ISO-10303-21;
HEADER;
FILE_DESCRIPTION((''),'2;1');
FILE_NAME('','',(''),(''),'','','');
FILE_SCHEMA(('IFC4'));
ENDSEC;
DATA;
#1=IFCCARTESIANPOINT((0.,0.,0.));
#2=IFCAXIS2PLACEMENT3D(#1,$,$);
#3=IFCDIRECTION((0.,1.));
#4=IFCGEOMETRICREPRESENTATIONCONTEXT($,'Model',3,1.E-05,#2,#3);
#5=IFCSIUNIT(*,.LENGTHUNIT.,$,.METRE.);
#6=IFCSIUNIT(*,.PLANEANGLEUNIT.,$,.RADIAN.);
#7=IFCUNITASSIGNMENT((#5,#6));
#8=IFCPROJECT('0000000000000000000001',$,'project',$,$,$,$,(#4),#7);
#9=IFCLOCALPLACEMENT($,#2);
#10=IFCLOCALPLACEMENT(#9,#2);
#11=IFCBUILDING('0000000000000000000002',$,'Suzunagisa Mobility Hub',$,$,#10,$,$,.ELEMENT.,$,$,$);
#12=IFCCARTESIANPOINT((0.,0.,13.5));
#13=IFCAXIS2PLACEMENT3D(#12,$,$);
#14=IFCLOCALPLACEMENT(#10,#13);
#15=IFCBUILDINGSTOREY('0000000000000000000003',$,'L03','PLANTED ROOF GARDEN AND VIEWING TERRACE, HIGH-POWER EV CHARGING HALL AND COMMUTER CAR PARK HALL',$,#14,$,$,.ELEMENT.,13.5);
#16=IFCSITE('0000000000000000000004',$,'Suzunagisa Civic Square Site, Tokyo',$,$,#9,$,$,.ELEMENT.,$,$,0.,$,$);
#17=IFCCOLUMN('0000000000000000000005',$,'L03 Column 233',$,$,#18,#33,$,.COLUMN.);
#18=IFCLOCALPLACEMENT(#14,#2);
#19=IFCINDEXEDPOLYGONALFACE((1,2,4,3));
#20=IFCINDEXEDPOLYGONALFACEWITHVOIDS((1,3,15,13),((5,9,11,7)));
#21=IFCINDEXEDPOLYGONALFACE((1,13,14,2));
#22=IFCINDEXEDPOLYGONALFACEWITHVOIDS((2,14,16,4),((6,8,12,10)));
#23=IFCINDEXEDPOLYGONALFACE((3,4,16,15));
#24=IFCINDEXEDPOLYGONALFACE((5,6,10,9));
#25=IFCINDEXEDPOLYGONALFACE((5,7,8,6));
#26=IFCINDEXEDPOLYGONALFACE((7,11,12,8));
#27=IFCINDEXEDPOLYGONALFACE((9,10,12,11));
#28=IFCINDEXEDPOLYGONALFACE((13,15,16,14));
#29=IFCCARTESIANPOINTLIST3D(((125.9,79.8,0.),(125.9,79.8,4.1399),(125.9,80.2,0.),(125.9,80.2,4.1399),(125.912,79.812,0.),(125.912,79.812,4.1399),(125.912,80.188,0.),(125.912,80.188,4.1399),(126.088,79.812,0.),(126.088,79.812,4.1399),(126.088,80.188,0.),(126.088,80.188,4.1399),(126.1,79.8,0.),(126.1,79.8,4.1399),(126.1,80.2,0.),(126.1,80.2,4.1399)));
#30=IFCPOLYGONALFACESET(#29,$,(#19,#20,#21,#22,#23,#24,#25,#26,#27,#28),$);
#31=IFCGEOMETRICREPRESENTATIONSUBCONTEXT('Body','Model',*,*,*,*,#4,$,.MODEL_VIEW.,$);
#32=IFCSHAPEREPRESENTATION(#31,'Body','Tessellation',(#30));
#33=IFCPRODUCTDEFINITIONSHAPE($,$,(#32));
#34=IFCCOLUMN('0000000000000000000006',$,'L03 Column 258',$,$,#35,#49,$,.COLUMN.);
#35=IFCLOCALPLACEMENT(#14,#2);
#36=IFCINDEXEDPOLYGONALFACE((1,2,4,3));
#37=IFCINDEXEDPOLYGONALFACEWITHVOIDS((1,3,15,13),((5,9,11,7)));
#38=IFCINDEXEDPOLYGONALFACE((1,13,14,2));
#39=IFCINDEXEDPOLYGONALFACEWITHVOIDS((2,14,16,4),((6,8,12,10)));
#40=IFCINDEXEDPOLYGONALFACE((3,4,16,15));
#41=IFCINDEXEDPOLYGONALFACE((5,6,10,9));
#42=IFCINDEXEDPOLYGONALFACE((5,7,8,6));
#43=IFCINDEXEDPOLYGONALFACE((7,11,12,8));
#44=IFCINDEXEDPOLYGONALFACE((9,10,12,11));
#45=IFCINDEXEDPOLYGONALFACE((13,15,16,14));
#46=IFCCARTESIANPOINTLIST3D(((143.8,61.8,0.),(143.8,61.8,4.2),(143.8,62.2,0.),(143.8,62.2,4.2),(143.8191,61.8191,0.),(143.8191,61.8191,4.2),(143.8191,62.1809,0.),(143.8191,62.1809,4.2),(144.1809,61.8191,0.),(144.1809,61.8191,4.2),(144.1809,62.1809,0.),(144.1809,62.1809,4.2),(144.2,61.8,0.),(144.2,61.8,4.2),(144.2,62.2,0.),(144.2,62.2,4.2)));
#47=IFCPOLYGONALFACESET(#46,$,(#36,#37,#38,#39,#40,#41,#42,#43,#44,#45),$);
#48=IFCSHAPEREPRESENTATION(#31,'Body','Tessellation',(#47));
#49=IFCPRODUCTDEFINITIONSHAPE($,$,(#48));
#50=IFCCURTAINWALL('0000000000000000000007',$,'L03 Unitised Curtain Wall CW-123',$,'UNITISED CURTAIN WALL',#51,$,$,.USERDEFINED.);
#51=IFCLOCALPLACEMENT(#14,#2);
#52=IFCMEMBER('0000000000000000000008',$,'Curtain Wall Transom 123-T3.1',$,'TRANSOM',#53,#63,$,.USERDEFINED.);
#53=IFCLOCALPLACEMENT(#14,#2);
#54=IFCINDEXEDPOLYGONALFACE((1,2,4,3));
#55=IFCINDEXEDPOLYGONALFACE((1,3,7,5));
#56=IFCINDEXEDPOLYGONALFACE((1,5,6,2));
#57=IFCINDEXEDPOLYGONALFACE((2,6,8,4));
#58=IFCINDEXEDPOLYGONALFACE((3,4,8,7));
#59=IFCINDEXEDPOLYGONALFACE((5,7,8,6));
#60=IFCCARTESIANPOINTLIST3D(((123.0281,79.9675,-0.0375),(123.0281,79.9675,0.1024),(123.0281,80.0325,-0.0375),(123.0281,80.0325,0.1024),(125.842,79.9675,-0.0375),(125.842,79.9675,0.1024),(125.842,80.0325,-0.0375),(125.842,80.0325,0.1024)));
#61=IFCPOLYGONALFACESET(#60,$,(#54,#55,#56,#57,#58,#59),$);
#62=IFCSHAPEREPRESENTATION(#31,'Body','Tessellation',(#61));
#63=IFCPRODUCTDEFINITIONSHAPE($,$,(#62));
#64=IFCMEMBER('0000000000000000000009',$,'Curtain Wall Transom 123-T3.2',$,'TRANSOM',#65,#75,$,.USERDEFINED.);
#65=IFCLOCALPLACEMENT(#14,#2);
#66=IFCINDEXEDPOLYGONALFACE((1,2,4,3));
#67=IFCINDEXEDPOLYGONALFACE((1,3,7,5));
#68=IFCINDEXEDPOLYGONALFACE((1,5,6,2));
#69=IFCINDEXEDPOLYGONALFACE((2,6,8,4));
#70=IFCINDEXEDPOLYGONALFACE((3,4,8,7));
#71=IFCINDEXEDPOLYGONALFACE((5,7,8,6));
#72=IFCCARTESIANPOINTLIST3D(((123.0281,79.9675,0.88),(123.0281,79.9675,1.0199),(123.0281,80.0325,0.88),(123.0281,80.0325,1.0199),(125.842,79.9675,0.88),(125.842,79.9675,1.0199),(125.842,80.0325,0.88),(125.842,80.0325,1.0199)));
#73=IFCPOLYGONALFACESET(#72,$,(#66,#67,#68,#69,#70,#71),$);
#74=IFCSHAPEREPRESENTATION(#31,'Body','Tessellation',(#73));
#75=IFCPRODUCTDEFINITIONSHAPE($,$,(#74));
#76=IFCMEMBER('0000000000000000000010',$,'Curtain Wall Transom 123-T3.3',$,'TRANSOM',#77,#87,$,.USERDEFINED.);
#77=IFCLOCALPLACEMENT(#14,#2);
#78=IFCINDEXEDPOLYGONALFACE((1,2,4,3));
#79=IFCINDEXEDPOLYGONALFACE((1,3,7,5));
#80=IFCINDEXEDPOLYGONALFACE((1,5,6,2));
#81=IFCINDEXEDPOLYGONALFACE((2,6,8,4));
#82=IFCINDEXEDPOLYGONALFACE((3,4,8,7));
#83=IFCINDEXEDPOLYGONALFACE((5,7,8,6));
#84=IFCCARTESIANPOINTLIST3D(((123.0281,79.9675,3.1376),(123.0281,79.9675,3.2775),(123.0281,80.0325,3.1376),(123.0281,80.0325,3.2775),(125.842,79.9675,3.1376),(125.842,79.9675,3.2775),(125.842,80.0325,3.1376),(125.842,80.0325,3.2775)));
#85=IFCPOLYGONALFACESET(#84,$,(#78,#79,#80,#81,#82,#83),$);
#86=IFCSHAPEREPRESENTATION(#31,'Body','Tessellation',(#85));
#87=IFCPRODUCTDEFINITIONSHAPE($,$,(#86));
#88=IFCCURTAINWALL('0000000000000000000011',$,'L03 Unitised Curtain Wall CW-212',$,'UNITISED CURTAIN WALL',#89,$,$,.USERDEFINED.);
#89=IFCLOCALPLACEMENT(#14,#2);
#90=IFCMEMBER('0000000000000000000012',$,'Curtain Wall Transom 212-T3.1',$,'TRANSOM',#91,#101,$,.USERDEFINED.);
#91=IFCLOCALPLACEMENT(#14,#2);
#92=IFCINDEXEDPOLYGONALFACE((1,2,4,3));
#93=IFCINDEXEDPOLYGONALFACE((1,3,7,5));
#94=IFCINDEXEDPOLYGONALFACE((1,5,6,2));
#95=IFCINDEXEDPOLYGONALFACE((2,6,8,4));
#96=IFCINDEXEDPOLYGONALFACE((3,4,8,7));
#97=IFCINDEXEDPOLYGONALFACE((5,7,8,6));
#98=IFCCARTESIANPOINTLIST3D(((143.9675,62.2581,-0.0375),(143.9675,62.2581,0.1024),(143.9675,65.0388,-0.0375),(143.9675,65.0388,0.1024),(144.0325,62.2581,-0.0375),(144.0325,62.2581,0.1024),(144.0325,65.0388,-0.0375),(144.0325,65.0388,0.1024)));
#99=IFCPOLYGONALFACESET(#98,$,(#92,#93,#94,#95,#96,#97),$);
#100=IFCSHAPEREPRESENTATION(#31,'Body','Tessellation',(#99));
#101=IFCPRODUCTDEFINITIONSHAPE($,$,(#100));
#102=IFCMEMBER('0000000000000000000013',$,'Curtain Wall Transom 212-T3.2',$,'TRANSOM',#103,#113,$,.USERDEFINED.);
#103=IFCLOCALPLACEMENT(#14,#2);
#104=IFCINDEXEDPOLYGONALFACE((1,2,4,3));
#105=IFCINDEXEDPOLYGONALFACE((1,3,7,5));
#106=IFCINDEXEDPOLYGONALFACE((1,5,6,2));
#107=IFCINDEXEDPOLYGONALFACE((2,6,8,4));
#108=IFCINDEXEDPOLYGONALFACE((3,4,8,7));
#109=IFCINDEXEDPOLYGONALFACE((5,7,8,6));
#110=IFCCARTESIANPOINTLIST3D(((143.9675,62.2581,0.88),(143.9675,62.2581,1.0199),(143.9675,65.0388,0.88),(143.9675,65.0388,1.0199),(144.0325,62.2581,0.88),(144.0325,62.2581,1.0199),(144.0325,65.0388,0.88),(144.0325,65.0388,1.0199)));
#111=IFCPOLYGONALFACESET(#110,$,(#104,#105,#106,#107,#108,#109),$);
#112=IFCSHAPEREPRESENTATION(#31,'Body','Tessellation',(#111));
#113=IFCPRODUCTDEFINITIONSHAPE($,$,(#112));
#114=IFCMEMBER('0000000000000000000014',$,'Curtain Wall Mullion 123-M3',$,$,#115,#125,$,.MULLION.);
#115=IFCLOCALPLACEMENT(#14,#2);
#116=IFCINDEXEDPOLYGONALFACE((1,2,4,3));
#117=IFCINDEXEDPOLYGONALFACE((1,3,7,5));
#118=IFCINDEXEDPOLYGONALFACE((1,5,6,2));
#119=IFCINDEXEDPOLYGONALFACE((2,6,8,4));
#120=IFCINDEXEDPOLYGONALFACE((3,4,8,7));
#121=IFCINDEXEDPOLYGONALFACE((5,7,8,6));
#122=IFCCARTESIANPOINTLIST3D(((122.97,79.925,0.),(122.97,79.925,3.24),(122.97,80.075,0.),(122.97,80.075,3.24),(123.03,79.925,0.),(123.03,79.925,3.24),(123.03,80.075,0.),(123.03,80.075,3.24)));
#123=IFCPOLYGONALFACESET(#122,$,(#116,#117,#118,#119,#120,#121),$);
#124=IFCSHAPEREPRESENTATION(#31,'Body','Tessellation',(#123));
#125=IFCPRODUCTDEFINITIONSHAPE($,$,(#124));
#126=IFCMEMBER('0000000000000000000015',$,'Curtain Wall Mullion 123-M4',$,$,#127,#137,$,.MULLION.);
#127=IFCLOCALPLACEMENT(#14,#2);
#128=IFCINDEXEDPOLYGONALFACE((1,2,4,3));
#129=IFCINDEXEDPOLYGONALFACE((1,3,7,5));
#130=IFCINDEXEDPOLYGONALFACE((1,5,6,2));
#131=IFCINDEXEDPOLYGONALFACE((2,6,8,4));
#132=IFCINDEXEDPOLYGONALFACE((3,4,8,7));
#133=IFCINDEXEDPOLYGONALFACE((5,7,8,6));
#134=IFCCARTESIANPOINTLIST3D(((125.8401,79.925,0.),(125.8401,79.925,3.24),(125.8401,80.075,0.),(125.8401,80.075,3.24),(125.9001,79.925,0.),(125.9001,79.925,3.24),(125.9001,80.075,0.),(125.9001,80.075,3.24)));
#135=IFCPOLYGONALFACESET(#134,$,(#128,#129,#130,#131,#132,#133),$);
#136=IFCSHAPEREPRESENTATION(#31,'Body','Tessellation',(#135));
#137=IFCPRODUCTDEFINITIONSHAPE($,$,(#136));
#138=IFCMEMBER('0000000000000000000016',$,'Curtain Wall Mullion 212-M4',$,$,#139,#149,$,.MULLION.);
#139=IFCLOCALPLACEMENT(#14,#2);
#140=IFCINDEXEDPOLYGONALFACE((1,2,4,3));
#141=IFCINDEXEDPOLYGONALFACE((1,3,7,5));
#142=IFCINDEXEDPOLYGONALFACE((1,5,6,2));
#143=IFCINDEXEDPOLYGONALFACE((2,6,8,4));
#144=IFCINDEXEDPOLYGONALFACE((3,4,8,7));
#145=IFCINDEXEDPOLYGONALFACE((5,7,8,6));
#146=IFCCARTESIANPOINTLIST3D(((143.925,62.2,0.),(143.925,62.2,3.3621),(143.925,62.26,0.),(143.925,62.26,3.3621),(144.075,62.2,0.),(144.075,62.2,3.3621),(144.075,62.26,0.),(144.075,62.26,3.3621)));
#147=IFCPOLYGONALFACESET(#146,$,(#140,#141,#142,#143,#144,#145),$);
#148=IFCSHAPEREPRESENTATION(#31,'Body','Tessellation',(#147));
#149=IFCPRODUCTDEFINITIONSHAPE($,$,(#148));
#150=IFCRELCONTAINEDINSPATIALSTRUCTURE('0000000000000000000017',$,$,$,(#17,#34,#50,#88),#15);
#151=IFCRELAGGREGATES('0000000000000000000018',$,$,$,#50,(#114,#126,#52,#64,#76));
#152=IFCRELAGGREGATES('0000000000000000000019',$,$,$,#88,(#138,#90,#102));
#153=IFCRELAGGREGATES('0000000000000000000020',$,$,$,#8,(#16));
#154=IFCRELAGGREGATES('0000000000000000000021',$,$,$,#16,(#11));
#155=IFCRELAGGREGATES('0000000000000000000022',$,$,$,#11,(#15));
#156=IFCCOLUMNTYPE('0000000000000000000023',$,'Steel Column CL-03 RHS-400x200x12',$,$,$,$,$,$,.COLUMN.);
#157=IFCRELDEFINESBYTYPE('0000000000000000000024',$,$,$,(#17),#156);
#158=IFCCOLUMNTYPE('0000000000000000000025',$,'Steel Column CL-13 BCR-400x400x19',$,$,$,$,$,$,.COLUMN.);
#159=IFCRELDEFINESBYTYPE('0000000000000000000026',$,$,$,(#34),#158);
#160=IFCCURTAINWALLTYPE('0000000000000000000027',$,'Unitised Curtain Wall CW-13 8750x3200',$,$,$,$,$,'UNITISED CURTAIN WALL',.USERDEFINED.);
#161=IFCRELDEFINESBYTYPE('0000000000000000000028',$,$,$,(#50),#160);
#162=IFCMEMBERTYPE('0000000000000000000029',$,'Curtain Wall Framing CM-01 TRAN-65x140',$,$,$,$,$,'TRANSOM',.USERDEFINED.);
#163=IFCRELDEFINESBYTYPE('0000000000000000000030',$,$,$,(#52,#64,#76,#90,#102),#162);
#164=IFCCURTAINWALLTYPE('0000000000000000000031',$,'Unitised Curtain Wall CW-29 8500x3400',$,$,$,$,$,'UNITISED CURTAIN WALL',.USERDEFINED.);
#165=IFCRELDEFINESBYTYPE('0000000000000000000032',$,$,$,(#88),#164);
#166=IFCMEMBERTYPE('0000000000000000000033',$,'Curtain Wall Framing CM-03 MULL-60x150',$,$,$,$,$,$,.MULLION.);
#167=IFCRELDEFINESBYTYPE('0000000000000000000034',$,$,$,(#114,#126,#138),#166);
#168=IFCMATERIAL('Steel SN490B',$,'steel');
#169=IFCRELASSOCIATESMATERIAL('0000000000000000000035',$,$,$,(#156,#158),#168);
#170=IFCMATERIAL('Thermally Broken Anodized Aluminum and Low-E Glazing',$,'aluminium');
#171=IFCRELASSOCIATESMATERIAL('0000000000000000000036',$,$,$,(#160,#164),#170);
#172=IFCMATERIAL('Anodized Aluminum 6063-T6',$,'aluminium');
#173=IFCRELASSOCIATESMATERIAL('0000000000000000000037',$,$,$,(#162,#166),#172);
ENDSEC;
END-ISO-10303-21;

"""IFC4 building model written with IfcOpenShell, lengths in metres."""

from ifc_helpers import new_model, si_unit, direction, frame, origin, origin_2d, place, context, subcontext, project, spatial, rectangle, hollow_rectangle, extrude, material, material_profile, profile_set, type_object, element, aggregate, save


model = new_model("IFC4")

# Units and contexts
model_context = context("Model", 3, precision=1e-05, world=origin(), true_north=direction((0.0, 1.0)))
body_context = subcontext(model_context, "Body", "Model", "MODEL_VIEW")
ifc_project = project(units=[si_unit("LENGTHUNIT", "METRE"), si_unit("PLANEANGLEUNIT", "RADIAN")], contexts=[model_context])

# Site, building, storey
site_placement = place(None, origin())
site = spatial("IfcSite", under=ifc_project, at=site_placement, Name="Suzunagisa Civic Square Site, Tokyo", CompositionType="ELEMENT", RefElevation=0.0)
building_placement = place(site_placement, origin())
building = spatial("IfcBuilding", under=site, at=building_placement, Name="Suzunagisa Mobility Hub", CompositionType="ELEMENT")
storey_placement = place(building_placement, frame((0.0, 0.0, 13.5)))
storey = spatial("IfcBuildingStorey", under=building, at=storey_placement, Name="L03", Description="PLANTED ROOF GARDEN AND VIEWING TERRACE, HIGH-POWER EV CHARGING HALL AND COMMUTER CAR PARK HALL", CompositionType="ELEMENT", Elevation=13.5)

# Columns
ifc_material_1 = material(Name="Steel SN490B", Category="steel")
ifc_material_profile_1 = material_profile(ifc_material_1, hollow_rectangle(XDim=0.2, YDim=0.3999, WallThickness=0.012, at=origin_2d()), Name="RHS-400x200x12")
ifc_profile_set_1 = profile_set([ifc_material_profile_1], Name="Steel SN490B")
column_type_1 = type_object("IfcColumnType", Name="Steel Column CL-03 RHS-400x200x12", PredefinedType="COLUMN", material=ifc_profile_set_1)
column_1_placement = place(storey_placement, frame((126.0, 80.0, 0.0), z_axis=(0.0, 0.0, 1.0), x_axis=(1.0, 0.0, 0.0)))
element("IfcColumn", 1, at=column_1_placement, inside=storey, type_object=column_type_1, Name="L03 Column 233", PredefinedType="COLUMN", context=body_context, shape_type="SweptSolid", body=[
    extrude(hollow_rectangle(XDim=0.2, YDim=0.3999, WallThickness=0.012, at=origin_2d()), origin(), (0.0, 0.0, 1.0), 4.1399),
])
ifc_material_profile_2 = material_profile(ifc_material_1, hollow_rectangle(XDim=0.3999, YDim=0.3999, WallThickness=0.019, at=origin_2d()), Name="BCR-400x400x19")
ifc_profile_set_2 = profile_set([ifc_material_profile_2], Name="Steel SN490B")
column_type_2 = type_object("IfcColumnType", Name="Steel Column CL-13 BCR-400x400x19", PredefinedType="COLUMN", material=ifc_profile_set_2)
column_2_placement = place(storey_placement, frame((144.0, 62.0, 0.0), z_axis=(0.0, 0.0, 1.0), x_axis=(1.0, 0.0, 0.0)))
element("IfcColumn", 2, at=column_2_placement, inside=storey, type_object=column_type_2, Name="L03 Column 258", PredefinedType="COLUMN", context=body_context, shape_type="SweptSolid", body=[
    extrude(hollow_rectangle(XDim=0.3999, YDim=0.3999, WallThickness=0.019, at=origin_2d()), origin(), (0.0, 0.0, 1.0), 4.2),
])

# Curtain walls, members
ifc_material_2 = material(Name="Thermally Broken Anodized Aluminum and Low-E Glazing", Category="aluminium")
curtain_wall_type_1 = type_object("IfcCurtainWallType", Name="Unitised Curtain Wall CW-13 8750x3200", ElementType="UNITISED CURTAIN WALL", PredefinedType="USERDEFINED", material=ifc_material_2)
curtain_wall_1_placement = place(storey_placement, origin())
curtain_wall_1 = element("IfcCurtainWall", 3, at=curtain_wall_1_placement, inside=storey, type_object=curtain_wall_type_1, Name="L03 Unitised Curtain Wall CW-123", ObjectType="UNITISED CURTAIN WALL", PredefinedType="USERDEFINED")
ifc_material_3 = material(Name="Anodized Aluminum 6063-T6", Category="aluminium")
ifc_material_profile_3 = material_profile(ifc_material_3, rectangle(XDim=0.0649, YDim=0.1399, at=origin_2d()), Name="TRAN-65x140")
ifc_profile_set_3 = profile_set([ifc_material_profile_3], Name="Anodized Aluminum 6063-T6")
member_type_1 = type_object("IfcMemberType", Name="Curtain Wall Framing CM-01 TRAN-65x140", ElementType="TRANSOM", PredefinedType="USERDEFINED", material=ifc_profile_set_3)
member_1_placement = place(storey_placement, frame((123.0281, 80.0, 0.0325), z_axis=(1.0, 0.0, 0.0), x_axis=(0.0, 1.0, 0.0)))
member_1 = element("IfcMember", 4, at=member_1_placement, type_object=member_type_1, Name="Curtain Wall Transom 123-T3.1", ObjectType="TRANSOM", PredefinedType="USERDEFINED", context=body_context, shape_type="SweptSolid", body=[
    extrude(rectangle(XDim=0.0649, YDim=0.1399, at=origin_2d()), origin(), (0.0, 0.0, 1.0), 2.814),
])
member_2_placement = place(storey_placement, frame((123.0281, 80.0, 0.95), z_axis=(1.0, 0.0, 0.0), x_axis=(0.0, 1.0, 0.0)))
member_2 = element("IfcMember", 5, at=member_2_placement, type_object=member_type_1, Name="Curtain Wall Transom 123-T3.2", ObjectType="TRANSOM", PredefinedType="USERDEFINED", context=body_context, shape_type="SweptSolid", body=[
    extrude(rectangle(XDim=0.0649, YDim=0.1399, at=origin_2d()), origin(), (0.0, 0.0, 1.0), 2.814),
])
member_3_placement = place(storey_placement, frame((123.0281, 80.0, 3.2075), z_axis=(1.0, 0.0, 0.0), x_axis=(0.0, 1.0, 0.0)))
member_3 = element("IfcMember", 6, at=member_3_placement, type_object=member_type_1, Name="Curtain Wall Transom 123-T3.3", ObjectType="TRANSOM", PredefinedType="USERDEFINED", context=body_context, shape_type="SweptSolid", body=[
    extrude(rectangle(XDim=0.0649, YDim=0.1399, at=origin_2d()), origin(), (0.0, 0.0, 1.0), 2.814),
])
curtain_wall_type_2 = type_object("IfcCurtainWallType", Name="Unitised Curtain Wall CW-29 8500x3400", ElementType="UNITISED CURTAIN WALL", PredefinedType="USERDEFINED", material=ifc_material_2)
curtain_wall_2_placement = place(storey_placement, origin())
curtain_wall_2 = element("IfcCurtainWall", 7, at=curtain_wall_2_placement, inside=storey, type_object=curtain_wall_type_2, Name="L03 Unitised Curtain Wall CW-212", ObjectType="UNITISED CURTAIN WALL", PredefinedType="USERDEFINED")
member_4_placement = place(storey_placement, frame((144.0, 65.0388, 0.0325), z_axis=(0.0, -1.0, 0.0), x_axis=(1.0, 0.0, 0.0)))
member_4 = element("IfcMember", 8, at=member_4_placement, type_object=member_type_1, Name="Curtain Wall Transom 212-T3.1", ObjectType="TRANSOM", PredefinedType="USERDEFINED", context=body_context, shape_type="SweptSolid", body=[
    extrude(rectangle(XDim=0.0649, YDim=0.1399, at=origin_2d()), origin(), (0.0, 0.0, 1.0), 2.7808),
])
member_5_placement = place(storey_placement, frame((144.0, 65.0388, 0.95), z_axis=(0.0, -1.0, 0.0), x_axis=(1.0, 0.0, 0.0)))
member_5 = element("IfcMember", 9, at=member_5_placement, type_object=member_type_1, Name="Curtain Wall Transom 212-T3.2", ObjectType="TRANSOM", PredefinedType="USERDEFINED", context=body_context, shape_type="SweptSolid", body=[
    extrude(rectangle(XDim=0.0649, YDim=0.1399, at=origin_2d()), origin(), (0.0, 0.0, 1.0), 2.7808),
])

# Members
ifc_material_profile_4 = material_profile(ifc_material_3, rectangle(XDim=0.0601, YDim=0.1499, at=origin_2d()), Name="MULL-60x150")
ifc_profile_set_4 = profile_set([ifc_material_profile_4], Name="Anodized Aluminum 6063-T6")
member_type_2 = type_object("IfcMemberType", Name="Curtain Wall Framing CM-03 MULL-60x150", PredefinedType="MULLION", material=ifc_profile_set_4)
member_6_placement = place(storey_placement, frame((123.0, 80.0, 0.0), z_axis=(0.0, 0.0, 1.0), x_axis=(1.0, 0.0, 0.0)))
member_6 = element("IfcMember", 10, at=member_6_placement, type_object=member_type_2, Name="Curtain Wall Mullion 123-M3", PredefinedType="MULLION", context=body_context, shape_type="SweptSolid", body=[
    extrude(rectangle(XDim=0.0601, YDim=0.1499, at=origin_2d()), origin(), (0.0, 0.0, 1.0), 3.24),
])
member_7_placement = place(storey_placement, frame((125.8701, 80.0, 0.0), z_axis=(0.0, 0.0, 1.0), x_axis=(1.0, 0.0, 0.0)))
member_7 = element("IfcMember", 11, at=member_7_placement, type_object=member_type_2, Name="Curtain Wall Mullion 123-M4", PredefinedType="MULLION", context=body_context, shape_type="SweptSolid", body=[
    extrude(rectangle(XDim=0.0601, YDim=0.1499, at=origin_2d()), origin(), (0.0, 0.0, 1.0), 3.24),
])
member_8_placement = place(storey_placement, frame((144.0, 62.23, 0.0), z_axis=(0.0, 0.0, 1.0), x_axis=(0.0, -1.0, 0.0)))
member_8 = element("IfcMember", 12, at=member_8_placement, type_object=member_type_2, Name="Curtain Wall Mullion 212-M4", PredefinedType="MULLION", context=body_context, shape_type="SweptSolid", body=[
    extrude(rectangle(XDim=0.0601, YDim=0.1499, at=origin_2d()), origin(), (0.0, 0.0, 1.0), 3.3621),
])

aggregate(curtain_wall_1, [member_6, member_7, member_1, member_2, member_3])
aggregate(curtain_wall_2, [member_8, member_4, member_5])

save(model, "model.ifc")
